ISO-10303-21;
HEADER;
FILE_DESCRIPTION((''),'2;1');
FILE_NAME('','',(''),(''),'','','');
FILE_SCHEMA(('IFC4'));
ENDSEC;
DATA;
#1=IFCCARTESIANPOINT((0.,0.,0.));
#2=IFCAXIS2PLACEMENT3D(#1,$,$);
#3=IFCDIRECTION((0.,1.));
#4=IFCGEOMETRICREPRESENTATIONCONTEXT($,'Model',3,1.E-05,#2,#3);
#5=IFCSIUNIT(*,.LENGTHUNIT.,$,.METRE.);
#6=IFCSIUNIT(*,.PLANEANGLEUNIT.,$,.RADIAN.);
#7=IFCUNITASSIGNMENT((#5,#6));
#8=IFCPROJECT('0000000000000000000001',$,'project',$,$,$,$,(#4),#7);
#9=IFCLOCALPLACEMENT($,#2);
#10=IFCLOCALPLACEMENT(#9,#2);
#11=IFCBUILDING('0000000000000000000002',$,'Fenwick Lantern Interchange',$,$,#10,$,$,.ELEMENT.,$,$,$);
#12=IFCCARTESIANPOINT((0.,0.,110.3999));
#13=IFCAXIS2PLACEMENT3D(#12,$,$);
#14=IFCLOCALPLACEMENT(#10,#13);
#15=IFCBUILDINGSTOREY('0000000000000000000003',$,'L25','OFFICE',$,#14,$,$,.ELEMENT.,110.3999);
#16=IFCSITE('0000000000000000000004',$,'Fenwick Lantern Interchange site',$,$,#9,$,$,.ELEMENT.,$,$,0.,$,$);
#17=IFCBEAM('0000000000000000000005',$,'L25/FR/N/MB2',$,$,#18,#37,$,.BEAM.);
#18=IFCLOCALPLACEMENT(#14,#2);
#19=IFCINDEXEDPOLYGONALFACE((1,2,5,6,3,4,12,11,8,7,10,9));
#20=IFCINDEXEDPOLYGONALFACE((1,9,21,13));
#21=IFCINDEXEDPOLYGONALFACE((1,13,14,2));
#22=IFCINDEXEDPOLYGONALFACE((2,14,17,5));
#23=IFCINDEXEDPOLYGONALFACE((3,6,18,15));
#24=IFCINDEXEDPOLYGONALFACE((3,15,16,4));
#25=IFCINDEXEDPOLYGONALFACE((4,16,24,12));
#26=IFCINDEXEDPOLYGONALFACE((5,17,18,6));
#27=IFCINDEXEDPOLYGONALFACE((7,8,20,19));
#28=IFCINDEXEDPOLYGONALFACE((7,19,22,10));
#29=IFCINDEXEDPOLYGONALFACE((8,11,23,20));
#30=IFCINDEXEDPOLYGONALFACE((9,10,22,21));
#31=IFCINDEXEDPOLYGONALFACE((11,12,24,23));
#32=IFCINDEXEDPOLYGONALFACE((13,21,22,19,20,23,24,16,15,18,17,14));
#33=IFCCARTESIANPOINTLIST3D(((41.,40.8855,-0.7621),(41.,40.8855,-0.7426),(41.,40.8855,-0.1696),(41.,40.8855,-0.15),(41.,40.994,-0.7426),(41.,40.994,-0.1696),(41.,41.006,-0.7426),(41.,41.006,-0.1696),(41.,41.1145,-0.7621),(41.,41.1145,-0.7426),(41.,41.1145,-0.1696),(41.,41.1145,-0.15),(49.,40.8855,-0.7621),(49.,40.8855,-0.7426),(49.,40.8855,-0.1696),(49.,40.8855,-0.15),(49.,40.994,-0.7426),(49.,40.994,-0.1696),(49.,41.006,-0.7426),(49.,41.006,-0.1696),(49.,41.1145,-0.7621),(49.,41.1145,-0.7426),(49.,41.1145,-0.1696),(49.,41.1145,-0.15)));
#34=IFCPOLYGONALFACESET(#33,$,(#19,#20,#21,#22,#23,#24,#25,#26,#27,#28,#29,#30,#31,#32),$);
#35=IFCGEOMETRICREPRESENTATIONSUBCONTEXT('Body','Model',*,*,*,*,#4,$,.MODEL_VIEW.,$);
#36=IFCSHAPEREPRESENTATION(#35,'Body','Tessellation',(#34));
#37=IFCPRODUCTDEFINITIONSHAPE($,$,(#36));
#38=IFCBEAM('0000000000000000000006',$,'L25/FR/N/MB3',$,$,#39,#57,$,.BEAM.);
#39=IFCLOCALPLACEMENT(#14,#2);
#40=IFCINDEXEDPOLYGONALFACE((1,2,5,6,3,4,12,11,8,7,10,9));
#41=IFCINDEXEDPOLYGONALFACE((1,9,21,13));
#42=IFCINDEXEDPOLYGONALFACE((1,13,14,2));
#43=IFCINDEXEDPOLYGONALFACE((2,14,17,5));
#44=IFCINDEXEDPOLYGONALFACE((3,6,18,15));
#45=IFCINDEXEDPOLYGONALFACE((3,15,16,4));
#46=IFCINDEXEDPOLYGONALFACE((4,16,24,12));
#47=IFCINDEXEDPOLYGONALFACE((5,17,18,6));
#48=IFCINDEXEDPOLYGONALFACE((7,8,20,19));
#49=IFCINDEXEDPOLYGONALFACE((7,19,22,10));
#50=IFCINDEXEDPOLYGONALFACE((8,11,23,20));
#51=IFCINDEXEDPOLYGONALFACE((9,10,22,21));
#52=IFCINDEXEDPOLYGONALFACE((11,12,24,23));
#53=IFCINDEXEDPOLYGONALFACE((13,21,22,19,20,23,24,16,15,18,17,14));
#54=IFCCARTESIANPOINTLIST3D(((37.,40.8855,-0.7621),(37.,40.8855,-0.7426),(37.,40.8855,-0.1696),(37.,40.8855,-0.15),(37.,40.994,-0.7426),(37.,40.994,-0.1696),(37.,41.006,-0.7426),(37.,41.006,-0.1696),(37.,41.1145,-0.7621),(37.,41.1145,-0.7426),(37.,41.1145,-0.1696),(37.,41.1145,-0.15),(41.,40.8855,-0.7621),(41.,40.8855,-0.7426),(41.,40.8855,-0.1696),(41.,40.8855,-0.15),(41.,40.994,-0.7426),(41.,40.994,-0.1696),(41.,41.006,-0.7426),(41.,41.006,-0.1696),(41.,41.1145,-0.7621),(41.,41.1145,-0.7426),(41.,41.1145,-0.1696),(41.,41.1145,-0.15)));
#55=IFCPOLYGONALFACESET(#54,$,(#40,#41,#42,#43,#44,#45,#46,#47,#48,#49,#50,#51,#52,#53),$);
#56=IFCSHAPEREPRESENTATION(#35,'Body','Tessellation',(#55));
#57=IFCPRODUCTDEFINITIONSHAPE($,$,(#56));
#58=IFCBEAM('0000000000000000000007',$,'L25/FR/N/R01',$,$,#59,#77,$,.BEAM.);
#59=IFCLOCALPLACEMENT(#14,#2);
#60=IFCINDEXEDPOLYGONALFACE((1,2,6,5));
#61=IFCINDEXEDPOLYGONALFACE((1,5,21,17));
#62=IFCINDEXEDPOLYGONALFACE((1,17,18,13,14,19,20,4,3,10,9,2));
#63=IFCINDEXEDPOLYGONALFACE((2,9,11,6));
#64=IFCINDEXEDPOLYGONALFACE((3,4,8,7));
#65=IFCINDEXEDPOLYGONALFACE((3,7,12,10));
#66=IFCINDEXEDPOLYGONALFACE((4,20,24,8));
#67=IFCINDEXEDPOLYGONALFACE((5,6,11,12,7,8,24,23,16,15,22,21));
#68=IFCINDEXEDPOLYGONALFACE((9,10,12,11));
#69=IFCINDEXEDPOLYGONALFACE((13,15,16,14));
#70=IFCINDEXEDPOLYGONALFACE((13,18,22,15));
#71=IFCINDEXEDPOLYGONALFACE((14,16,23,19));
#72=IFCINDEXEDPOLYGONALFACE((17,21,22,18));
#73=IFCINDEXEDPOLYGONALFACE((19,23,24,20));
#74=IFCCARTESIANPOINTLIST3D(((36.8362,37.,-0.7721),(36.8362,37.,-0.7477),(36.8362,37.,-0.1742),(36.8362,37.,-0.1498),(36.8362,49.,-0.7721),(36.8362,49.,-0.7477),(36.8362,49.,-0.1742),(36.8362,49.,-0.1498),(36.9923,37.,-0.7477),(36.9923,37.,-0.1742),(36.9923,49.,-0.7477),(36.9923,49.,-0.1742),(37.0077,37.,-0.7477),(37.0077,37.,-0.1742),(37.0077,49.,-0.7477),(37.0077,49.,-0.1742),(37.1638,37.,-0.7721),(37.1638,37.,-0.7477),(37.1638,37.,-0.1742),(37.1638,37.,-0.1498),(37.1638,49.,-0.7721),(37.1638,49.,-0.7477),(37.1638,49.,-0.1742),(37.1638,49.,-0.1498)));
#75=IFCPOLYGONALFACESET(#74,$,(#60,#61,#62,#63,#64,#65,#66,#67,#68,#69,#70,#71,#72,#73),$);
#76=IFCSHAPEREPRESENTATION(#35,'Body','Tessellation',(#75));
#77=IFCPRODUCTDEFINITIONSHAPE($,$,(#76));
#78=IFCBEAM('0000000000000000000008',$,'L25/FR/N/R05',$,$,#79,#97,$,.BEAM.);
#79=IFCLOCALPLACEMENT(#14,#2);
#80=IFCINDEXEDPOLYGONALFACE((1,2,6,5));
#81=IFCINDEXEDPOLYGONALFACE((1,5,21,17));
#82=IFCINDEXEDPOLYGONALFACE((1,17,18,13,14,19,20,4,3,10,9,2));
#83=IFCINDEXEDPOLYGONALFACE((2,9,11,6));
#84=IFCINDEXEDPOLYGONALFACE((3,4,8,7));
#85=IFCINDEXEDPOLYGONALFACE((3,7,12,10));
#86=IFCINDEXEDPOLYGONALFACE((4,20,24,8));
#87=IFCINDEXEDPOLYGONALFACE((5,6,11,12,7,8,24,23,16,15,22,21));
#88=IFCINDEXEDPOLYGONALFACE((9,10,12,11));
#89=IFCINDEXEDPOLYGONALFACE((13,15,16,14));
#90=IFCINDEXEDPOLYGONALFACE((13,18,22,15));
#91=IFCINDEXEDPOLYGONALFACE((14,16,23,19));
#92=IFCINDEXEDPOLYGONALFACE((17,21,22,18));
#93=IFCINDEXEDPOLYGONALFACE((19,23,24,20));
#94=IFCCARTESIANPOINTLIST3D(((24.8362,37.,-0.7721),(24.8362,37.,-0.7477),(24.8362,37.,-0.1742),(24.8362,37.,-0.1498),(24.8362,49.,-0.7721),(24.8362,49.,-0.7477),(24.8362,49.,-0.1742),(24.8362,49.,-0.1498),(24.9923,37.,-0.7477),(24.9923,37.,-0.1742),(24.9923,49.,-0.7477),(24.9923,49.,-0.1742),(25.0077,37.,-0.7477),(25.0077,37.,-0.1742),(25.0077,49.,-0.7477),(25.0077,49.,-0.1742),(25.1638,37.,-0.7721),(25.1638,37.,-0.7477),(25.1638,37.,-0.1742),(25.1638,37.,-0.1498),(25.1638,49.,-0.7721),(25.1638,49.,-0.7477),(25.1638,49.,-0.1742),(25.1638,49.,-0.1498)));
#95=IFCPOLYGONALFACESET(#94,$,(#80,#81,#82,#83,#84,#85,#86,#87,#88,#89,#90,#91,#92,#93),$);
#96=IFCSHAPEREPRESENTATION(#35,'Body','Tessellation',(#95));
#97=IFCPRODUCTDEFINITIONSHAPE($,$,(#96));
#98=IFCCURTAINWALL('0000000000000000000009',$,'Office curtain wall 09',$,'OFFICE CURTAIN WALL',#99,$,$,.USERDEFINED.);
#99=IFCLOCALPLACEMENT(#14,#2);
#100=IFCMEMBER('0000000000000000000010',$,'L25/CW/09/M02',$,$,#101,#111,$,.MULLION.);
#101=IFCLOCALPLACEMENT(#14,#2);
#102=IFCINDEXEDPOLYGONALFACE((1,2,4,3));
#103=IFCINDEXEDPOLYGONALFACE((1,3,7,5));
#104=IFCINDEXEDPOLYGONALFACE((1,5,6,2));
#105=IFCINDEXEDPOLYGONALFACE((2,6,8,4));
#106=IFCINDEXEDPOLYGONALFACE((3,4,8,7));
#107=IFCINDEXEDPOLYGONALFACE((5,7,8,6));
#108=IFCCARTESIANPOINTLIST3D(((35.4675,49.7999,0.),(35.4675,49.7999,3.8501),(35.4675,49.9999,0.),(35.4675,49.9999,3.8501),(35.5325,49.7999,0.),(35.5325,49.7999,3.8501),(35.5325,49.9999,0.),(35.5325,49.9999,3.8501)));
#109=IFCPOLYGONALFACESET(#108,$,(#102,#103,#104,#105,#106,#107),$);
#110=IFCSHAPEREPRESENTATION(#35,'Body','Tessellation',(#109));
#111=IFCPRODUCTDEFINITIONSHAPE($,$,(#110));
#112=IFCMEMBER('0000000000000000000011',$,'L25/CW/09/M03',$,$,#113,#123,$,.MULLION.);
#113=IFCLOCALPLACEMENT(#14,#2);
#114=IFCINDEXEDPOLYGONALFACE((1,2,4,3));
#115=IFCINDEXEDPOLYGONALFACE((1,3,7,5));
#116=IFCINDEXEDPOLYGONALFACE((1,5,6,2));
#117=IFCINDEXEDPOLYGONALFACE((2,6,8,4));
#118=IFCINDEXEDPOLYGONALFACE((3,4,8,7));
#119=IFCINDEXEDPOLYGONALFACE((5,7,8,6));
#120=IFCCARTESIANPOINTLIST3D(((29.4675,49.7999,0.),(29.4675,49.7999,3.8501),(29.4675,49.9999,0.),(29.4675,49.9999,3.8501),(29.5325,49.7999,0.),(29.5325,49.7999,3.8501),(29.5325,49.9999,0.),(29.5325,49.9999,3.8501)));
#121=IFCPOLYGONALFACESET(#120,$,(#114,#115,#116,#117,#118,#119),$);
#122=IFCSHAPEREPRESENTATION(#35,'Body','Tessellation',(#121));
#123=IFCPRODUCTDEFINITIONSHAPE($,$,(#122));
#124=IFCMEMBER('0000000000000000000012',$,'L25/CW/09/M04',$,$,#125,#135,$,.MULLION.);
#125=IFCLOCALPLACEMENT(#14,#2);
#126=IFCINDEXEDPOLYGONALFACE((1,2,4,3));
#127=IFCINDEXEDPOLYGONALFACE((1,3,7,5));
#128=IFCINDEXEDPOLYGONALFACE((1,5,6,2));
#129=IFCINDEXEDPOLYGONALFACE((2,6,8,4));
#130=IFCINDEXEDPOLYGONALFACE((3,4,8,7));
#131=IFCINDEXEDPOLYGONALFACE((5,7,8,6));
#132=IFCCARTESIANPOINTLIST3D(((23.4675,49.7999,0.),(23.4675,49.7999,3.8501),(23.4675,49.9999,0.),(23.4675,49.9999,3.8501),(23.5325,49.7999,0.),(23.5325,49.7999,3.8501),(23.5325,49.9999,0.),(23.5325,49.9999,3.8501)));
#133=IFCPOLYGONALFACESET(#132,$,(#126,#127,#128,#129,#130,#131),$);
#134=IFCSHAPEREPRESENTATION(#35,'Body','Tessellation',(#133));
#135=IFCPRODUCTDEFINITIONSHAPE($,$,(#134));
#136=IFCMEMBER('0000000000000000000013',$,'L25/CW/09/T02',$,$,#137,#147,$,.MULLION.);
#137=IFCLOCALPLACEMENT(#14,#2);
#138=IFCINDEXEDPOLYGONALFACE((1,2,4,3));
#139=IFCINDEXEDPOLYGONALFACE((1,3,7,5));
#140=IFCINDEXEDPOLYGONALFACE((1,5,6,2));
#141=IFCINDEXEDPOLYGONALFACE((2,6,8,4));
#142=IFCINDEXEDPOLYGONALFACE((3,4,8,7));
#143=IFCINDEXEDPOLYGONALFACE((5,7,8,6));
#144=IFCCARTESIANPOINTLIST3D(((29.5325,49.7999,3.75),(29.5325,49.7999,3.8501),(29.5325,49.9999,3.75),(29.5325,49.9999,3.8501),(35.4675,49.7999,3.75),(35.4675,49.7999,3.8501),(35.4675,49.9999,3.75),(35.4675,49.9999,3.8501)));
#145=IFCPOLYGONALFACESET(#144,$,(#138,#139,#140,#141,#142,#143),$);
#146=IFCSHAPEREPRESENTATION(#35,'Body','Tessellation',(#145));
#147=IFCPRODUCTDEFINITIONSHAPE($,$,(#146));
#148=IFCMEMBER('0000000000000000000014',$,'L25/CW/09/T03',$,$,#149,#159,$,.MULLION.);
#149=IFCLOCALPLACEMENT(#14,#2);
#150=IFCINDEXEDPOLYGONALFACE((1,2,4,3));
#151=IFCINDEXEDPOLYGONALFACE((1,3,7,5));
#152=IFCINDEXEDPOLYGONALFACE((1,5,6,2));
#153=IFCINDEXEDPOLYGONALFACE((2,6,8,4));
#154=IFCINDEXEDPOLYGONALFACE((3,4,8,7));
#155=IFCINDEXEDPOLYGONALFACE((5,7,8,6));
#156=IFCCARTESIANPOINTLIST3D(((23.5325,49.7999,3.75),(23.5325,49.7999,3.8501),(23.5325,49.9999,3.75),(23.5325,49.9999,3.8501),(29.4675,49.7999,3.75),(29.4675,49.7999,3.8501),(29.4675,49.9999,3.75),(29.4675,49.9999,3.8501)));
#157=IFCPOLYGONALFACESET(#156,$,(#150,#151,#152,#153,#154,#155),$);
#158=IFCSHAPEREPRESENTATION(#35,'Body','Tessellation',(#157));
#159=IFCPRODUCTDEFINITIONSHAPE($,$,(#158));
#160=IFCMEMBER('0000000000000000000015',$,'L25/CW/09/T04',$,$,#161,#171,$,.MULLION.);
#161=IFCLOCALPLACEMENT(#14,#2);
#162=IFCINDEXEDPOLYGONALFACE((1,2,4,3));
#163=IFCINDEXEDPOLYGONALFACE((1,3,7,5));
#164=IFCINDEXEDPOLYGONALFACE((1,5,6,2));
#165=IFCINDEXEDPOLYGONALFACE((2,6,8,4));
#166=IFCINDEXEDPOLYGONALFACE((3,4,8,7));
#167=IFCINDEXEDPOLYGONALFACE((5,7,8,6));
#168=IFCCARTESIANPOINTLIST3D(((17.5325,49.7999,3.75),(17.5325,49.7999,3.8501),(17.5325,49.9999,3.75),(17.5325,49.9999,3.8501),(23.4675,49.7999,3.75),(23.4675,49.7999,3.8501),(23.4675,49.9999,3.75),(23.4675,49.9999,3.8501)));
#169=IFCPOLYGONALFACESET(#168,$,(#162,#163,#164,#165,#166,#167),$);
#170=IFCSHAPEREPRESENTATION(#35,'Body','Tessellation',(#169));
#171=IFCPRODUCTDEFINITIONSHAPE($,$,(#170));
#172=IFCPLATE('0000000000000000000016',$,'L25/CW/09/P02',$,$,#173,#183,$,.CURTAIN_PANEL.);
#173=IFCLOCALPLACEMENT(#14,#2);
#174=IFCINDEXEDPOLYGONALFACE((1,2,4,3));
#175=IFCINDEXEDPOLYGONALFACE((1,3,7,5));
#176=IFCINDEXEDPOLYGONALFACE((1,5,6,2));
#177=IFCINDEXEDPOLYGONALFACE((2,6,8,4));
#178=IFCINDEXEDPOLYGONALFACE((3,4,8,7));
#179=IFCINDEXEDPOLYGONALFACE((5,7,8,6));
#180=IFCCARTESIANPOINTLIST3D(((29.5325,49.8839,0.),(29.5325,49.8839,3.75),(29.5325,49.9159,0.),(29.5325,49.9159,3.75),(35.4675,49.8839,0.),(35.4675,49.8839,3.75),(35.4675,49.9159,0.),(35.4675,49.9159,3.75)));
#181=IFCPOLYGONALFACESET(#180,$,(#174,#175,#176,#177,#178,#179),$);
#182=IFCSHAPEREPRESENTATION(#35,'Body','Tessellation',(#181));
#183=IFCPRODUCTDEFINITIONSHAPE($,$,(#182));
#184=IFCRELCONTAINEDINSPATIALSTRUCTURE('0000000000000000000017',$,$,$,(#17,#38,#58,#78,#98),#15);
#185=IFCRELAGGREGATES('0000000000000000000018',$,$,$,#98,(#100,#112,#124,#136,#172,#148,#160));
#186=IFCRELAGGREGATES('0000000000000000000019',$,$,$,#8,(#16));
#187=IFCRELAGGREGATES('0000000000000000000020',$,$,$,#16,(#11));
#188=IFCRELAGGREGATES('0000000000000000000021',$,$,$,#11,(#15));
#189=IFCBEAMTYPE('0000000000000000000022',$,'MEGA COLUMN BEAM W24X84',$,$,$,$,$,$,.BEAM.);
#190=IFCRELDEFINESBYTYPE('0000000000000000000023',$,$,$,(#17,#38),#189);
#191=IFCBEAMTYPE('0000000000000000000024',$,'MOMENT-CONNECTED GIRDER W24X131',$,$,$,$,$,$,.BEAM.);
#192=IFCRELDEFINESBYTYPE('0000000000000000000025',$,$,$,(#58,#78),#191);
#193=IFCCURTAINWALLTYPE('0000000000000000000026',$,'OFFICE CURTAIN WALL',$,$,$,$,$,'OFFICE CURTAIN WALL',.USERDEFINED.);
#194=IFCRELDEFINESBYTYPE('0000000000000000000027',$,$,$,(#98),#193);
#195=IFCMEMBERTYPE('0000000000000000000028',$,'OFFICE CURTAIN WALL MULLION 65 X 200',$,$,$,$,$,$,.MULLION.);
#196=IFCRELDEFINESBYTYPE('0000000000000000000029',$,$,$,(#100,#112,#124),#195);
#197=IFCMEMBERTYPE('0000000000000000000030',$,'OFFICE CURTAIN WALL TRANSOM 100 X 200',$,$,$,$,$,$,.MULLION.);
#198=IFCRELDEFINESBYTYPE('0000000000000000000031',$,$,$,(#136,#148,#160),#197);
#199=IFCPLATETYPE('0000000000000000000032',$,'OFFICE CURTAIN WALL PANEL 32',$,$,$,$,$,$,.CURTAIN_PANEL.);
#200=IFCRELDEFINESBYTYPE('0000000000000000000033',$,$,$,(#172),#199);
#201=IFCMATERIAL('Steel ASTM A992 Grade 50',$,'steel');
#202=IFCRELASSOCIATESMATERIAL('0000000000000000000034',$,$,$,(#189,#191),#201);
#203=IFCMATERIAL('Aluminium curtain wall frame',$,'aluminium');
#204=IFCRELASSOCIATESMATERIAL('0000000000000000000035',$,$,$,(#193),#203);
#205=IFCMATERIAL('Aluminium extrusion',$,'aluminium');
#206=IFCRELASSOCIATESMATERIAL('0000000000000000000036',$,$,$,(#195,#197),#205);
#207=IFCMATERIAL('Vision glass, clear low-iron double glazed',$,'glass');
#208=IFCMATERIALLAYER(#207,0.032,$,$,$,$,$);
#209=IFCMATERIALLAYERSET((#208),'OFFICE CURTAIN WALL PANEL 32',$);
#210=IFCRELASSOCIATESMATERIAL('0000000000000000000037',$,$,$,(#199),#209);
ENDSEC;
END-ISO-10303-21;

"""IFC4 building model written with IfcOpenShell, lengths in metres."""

from ifc_helpers import new_model, si_unit, direction, frame, origin, origin_2d, place, context, subcontext, project, spatial, rectangle, i_section, extrude, material, layer, layer_set, material_profile, profile_set, type_object, element, aggregate, save


model = new_model("IFC4")

# Units and contexts
model_context = context("Model", 3, precision=1e-05, world=origin(), true_north=direction((0.0, 1.0)))
body_context = subcontext(model_context, "Body", "Model", "MODEL_VIEW")
ifc_project = project(units=[si_unit("LENGTHUNIT", "METRE"), si_unit("PLANEANGLEUNIT", "RADIAN")], contexts=[model_context])

# Site, building, storey
site_placement = place(None, origin())
site = spatial("IfcSite", under=ifc_project, at=site_placement, Name="Fenwick Lantern Interchange site", CompositionType="ELEMENT", RefElevation=0.0)
building_placement = place(site_placement, origin())
building = spatial("IfcBuilding", under=site, at=building_placement, Name="Fenwick Lantern Interchange", CompositionType="ELEMENT")
storey_placement = place(building_placement, frame((0.0, 0.0, 110.3999)))
storey = spatial("IfcBuildingStorey", under=building, at=storey_placement, Name="L25", Description="OFFICE", CompositionType="ELEMENT", Elevation=110.3999)

# Beams
ifc_material_1 = material(Name="Steel ASTM A992 Grade 50", Category="steel")
ifc_material_profile_1 = material_profile(ifc_material_1, i_section(OverallWidth=0.229, OverallDepth=0.6121, WebThickness=0.012, FlangeThickness=0.0195, at=origin_2d()), Name="W24X84")
ifc_profile_set_1 = profile_set([ifc_material_profile_1], Name="Steel ASTM A992 Grade 50")
beam_type_1 = type_object("IfcBeamType", Name="MEGA COLUMN BEAM W24X84", PredefinedType="BEAM", material=ifc_profile_set_1)
beam_1_placement = place(storey_placement, frame((41.0, 41.0, -0.4561), z_axis=(1.0, 0.0, 0.0), x_axis=(0.0, 1.0, 0.0)))
element("IfcBeam", 1, at=beam_1_placement, inside=storey, type_object=beam_type_1, Name="L25/FR/N/MB2", PredefinedType="BEAM", context=body_context, shape_type="SweptSolid", body=[
    extrude(i_section(OverallWidth=0.229, OverallDepth=0.6121, WebThickness=0.012, FlangeThickness=0.0195, at=origin_2d()), origin(), (0.0, 0.0, 1.0), 8.0),
])
beam_2_placement = place(storey_placement, frame((41.0, 41.0, -0.4561), z_axis=(-1.0, 0.0, 0.0), x_axis=(0.0, -1.0, 0.0)))
element("IfcBeam", 2, at=beam_2_placement, inside=storey, type_object=beam_type_1, Name="L25/FR/N/MB3", PredefinedType="BEAM", context=body_context, shape_type="SweptSolid", body=[
    extrude(i_section(OverallWidth=0.229, OverallDepth=0.6121, WebThickness=0.012, FlangeThickness=0.0195, at=origin_2d()), origin(), (0.0, 0.0, 1.0), 4.0),
])
ifc_material_profile_2 = material_profile(ifc_material_1, i_section(OverallWidth=0.3276, OverallDepth=0.6223, WebThickness=0.0154, FlangeThickness=0.0244, at=origin_2d()), Name="W24X131")
ifc_profile_set_2 = profile_set([ifc_material_profile_2], Name="Steel ASTM A992 Grade 50")
beam_type_2 = type_object("IfcBeamType", Name="MOMENT-CONNECTED GIRDER W24X131", PredefinedType="BEAM", material=ifc_profile_set_2)
for number, where, z_axis, x_axis, name in (
    (3, (37.0, 49.0, -0.4609), (0.0, -1.0, 0.0), (1.0, 0.0, 0.0), "L25/FR/N/R01"),
    (4, (25.0, 49.0, -0.4609), (0.0, -1.0, 0.0), (1.0, 0.0, 0.0), "L25/FR/N/R05"),
):
    element("IfcBeam", number, at=place(storey_placement, frame(where, z_axis=z_axis, x_axis=x_axis)), inside=storey, type_object=beam_type_2, Name=name, PredefinedType="BEAM", context=body_context, shape_type="SweptSolid", body=[
        extrude(i_section(OverallWidth=0.3276, OverallDepth=0.6223, WebThickness=0.0154, FlangeThickness=0.0244, at=origin_2d()), origin(), (0.0, 0.0, 1.0), 12.0),
    ])

# Curtain wall, members, plate
ifc_material_2 = material(Name="Aluminium curtain wall frame", Category="aluminium")
curtain_wall_type = type_object("IfcCurtainWallType", Name="OFFICE CURTAIN WALL", ElementType="OFFICE CURTAIN WALL", PredefinedType="USERDEFINED", material=ifc_material_2)
curtain_wall_placement = place(storey_placement, origin())
curtain_wall = element("IfcCurtainWall", 5, at=curtain_wall_placement, inside=storey, type_object=curtain_wall_type, Name="Office curtain wall 09", ObjectType="OFFICE CURTAIN WALL", PredefinedType="USERDEFINED")
ifc_material_3 = material(Name="Aluminium extrusion", Category="aluminium")
ifc_material_profile_3 = material_profile(ifc_material_3, rectangle(XDim=0.2, YDim=0.0649, at=origin_2d()), Name="OFFICE CURTAIN WALL MULLION 65 X 200")
ifc_profile_set_3 = profile_set([ifc_material_profile_3], Name="Aluminium extrusion")
member_type_1 = type_object("IfcMemberType", Name="OFFICE CURTAIN WALL MULLION 65 X 200", PredefinedType="MULLION", material=ifc_profile_set_3)
member_1_placement = place(storey_placement, frame((35.5, 49.8999, 0.0), z_axis=(0.0, 0.0, 1.0), x_axis=(0.0, -1.0, 0.0)))
member_1 = element("IfcMember", 6, at=member_1_placement, type_object=member_type_1, Name="L25/CW/09/M02", PredefinedType="MULLION", context=body_context, shape_type="SweptSolid", body=[
    extrude(rectangle(XDim=0.2, YDim=0.0649, at=origin_2d()), origin(), (0.0, 0.0, 1.0), 3.8501),
])
member_2_placement = place(storey_placement, frame((29.5, 49.8999, 0.0), z_axis=(0.0, 0.0, 1.0), x_axis=(0.0, -1.0, 0.0)))
member_2 = element("IfcMember", 7, at=member_2_placement, type_object=member_type_1, Name="L25/CW/09/M03", PredefinedType="MULLION", context=body_context, shape_type="SweptSolid", body=[
    extrude(rectangle(XDim=0.2, YDim=0.0649, at=origin_2d()), origin(), (0.0, 0.0, 1.0), 3.8501),
])
member_3_placement = place(storey_placement, frame((23.5, 49.8999, 0.0), z_axis=(0.0, 0.0, 1.0), x_axis=(0.0, -1.0, 0.0)))
member_3 = element("IfcMember", 8, at=member_3_placement, type_object=member_type_1, Name="L25/CW/09/M04", PredefinedType="MULLION", context=body_context, shape_type="SweptSolid", body=[
    extrude(rectangle(XDim=0.2, YDim=0.0649, at=origin_2d()), origin(), (0.0, 0.0, 1.0), 3.8501),
])
ifc_material_profile_4 = material_profile(ifc_material_3, rectangle(XDim=0.2, YDim=0.1001, at=origin_2d()), Name="OFFICE CURTAIN WALL TRANSOM 100 X 200")
ifc_profile_set_4 = profile_set([ifc_material_profile_4], Name="Aluminium extrusion")
member_type_2 = type_object("IfcMemberType", Name="OFFICE CURTAIN WALL TRANSOM 100 X 200", PredefinedType="MULLION", material=ifc_profile_set_4)
member_4_placement = place(storey_placement, frame((35.4675, 49.8999, 3.8), z_axis=(-1.0, 0.0, 0.0), x_axis=(0.0, -1.0, 0.0)))
member_4 = element("IfcMember", 9, at=member_4_placement, type_object=member_type_2, Name="L25/CW/09/T02", PredefinedType="MULLION", context=body_context, shape_type="SweptSolid", body=[
    extrude(rectangle(XDim=0.2, YDim=0.1001, at=origin_2d()), origin(), (0.0, 0.0, 1.0), 5.9351),
])
member_5_placement = place(storey_placement, frame((29.4675, 49.8999, 3.8), z_axis=(-1.0, 0.0, 0.0), x_axis=(0.0, -1.0, 0.0)))
member_5 = element("IfcMember", 10, at=member_5_placement, type_object=member_type_2, Name="L25/CW/09/T03", PredefinedType="MULLION", context=body_context, shape_type="SweptSolid", body=[
    extrude(rectangle(XDim=0.2, YDim=0.1001, at=origin_2d()), origin(), (0.0, 0.0, 1.0), 5.9351),
])
member_6_placement = place(storey_placement, frame((23.4675, 49.8999, 3.8), z_axis=(-1.0, 0.0, 0.0), x_axis=(0.0, -1.0, 0.0)))
member_6 = element("IfcMember", 11, at=member_6_placement, type_object=member_type_2, Name="L25/CW/09/T04", PredefinedType="MULLION", context=body_context, shape_type="SweptSolid", body=[
    extrude(rectangle(XDim=0.2, YDim=0.1001, at=origin_2d()), origin(), (0.0, 0.0, 1.0), 5.9351),
])
ifc_material_4 = material(Name="Vision glass, clear low-iron double glazed", Category="glass")
ifc_layer_1 = layer(ifc_material_4, 0.032)
ifc_layer_set_1 = layer_set([ifc_layer_1], Name="OFFICE CURTAIN WALL PANEL 32")
plate_type = type_object("IfcPlateType", Name="OFFICE CURTAIN WALL PANEL 32", PredefinedType="CURTAIN_PANEL", material=ifc_layer_set_1)
plate_placement = place(storey_placement, frame((32.5, 49.8999, 0.0), z_axis=(0.0, 0.0, 1.0), x_axis=(-1.0, 0.0, 0.0)))
plate = element("IfcPlate", 12, at=plate_placement, type_object=plate_type, Name="L25/CW/09/P02", PredefinedType="CURTAIN_PANEL", context=body_context, shape_type="SweptSolid", body=[
    extrude(rectangle(XDim=5.9351, YDim=0.032, at=origin_2d()), origin(), (0.0, 0.0, 1.0), 3.75),
])
aggregate(curtain_wall, [member_1, member_2, member_3, member_4, plate, member_5, member_6])

save(model, "model.ifc")
